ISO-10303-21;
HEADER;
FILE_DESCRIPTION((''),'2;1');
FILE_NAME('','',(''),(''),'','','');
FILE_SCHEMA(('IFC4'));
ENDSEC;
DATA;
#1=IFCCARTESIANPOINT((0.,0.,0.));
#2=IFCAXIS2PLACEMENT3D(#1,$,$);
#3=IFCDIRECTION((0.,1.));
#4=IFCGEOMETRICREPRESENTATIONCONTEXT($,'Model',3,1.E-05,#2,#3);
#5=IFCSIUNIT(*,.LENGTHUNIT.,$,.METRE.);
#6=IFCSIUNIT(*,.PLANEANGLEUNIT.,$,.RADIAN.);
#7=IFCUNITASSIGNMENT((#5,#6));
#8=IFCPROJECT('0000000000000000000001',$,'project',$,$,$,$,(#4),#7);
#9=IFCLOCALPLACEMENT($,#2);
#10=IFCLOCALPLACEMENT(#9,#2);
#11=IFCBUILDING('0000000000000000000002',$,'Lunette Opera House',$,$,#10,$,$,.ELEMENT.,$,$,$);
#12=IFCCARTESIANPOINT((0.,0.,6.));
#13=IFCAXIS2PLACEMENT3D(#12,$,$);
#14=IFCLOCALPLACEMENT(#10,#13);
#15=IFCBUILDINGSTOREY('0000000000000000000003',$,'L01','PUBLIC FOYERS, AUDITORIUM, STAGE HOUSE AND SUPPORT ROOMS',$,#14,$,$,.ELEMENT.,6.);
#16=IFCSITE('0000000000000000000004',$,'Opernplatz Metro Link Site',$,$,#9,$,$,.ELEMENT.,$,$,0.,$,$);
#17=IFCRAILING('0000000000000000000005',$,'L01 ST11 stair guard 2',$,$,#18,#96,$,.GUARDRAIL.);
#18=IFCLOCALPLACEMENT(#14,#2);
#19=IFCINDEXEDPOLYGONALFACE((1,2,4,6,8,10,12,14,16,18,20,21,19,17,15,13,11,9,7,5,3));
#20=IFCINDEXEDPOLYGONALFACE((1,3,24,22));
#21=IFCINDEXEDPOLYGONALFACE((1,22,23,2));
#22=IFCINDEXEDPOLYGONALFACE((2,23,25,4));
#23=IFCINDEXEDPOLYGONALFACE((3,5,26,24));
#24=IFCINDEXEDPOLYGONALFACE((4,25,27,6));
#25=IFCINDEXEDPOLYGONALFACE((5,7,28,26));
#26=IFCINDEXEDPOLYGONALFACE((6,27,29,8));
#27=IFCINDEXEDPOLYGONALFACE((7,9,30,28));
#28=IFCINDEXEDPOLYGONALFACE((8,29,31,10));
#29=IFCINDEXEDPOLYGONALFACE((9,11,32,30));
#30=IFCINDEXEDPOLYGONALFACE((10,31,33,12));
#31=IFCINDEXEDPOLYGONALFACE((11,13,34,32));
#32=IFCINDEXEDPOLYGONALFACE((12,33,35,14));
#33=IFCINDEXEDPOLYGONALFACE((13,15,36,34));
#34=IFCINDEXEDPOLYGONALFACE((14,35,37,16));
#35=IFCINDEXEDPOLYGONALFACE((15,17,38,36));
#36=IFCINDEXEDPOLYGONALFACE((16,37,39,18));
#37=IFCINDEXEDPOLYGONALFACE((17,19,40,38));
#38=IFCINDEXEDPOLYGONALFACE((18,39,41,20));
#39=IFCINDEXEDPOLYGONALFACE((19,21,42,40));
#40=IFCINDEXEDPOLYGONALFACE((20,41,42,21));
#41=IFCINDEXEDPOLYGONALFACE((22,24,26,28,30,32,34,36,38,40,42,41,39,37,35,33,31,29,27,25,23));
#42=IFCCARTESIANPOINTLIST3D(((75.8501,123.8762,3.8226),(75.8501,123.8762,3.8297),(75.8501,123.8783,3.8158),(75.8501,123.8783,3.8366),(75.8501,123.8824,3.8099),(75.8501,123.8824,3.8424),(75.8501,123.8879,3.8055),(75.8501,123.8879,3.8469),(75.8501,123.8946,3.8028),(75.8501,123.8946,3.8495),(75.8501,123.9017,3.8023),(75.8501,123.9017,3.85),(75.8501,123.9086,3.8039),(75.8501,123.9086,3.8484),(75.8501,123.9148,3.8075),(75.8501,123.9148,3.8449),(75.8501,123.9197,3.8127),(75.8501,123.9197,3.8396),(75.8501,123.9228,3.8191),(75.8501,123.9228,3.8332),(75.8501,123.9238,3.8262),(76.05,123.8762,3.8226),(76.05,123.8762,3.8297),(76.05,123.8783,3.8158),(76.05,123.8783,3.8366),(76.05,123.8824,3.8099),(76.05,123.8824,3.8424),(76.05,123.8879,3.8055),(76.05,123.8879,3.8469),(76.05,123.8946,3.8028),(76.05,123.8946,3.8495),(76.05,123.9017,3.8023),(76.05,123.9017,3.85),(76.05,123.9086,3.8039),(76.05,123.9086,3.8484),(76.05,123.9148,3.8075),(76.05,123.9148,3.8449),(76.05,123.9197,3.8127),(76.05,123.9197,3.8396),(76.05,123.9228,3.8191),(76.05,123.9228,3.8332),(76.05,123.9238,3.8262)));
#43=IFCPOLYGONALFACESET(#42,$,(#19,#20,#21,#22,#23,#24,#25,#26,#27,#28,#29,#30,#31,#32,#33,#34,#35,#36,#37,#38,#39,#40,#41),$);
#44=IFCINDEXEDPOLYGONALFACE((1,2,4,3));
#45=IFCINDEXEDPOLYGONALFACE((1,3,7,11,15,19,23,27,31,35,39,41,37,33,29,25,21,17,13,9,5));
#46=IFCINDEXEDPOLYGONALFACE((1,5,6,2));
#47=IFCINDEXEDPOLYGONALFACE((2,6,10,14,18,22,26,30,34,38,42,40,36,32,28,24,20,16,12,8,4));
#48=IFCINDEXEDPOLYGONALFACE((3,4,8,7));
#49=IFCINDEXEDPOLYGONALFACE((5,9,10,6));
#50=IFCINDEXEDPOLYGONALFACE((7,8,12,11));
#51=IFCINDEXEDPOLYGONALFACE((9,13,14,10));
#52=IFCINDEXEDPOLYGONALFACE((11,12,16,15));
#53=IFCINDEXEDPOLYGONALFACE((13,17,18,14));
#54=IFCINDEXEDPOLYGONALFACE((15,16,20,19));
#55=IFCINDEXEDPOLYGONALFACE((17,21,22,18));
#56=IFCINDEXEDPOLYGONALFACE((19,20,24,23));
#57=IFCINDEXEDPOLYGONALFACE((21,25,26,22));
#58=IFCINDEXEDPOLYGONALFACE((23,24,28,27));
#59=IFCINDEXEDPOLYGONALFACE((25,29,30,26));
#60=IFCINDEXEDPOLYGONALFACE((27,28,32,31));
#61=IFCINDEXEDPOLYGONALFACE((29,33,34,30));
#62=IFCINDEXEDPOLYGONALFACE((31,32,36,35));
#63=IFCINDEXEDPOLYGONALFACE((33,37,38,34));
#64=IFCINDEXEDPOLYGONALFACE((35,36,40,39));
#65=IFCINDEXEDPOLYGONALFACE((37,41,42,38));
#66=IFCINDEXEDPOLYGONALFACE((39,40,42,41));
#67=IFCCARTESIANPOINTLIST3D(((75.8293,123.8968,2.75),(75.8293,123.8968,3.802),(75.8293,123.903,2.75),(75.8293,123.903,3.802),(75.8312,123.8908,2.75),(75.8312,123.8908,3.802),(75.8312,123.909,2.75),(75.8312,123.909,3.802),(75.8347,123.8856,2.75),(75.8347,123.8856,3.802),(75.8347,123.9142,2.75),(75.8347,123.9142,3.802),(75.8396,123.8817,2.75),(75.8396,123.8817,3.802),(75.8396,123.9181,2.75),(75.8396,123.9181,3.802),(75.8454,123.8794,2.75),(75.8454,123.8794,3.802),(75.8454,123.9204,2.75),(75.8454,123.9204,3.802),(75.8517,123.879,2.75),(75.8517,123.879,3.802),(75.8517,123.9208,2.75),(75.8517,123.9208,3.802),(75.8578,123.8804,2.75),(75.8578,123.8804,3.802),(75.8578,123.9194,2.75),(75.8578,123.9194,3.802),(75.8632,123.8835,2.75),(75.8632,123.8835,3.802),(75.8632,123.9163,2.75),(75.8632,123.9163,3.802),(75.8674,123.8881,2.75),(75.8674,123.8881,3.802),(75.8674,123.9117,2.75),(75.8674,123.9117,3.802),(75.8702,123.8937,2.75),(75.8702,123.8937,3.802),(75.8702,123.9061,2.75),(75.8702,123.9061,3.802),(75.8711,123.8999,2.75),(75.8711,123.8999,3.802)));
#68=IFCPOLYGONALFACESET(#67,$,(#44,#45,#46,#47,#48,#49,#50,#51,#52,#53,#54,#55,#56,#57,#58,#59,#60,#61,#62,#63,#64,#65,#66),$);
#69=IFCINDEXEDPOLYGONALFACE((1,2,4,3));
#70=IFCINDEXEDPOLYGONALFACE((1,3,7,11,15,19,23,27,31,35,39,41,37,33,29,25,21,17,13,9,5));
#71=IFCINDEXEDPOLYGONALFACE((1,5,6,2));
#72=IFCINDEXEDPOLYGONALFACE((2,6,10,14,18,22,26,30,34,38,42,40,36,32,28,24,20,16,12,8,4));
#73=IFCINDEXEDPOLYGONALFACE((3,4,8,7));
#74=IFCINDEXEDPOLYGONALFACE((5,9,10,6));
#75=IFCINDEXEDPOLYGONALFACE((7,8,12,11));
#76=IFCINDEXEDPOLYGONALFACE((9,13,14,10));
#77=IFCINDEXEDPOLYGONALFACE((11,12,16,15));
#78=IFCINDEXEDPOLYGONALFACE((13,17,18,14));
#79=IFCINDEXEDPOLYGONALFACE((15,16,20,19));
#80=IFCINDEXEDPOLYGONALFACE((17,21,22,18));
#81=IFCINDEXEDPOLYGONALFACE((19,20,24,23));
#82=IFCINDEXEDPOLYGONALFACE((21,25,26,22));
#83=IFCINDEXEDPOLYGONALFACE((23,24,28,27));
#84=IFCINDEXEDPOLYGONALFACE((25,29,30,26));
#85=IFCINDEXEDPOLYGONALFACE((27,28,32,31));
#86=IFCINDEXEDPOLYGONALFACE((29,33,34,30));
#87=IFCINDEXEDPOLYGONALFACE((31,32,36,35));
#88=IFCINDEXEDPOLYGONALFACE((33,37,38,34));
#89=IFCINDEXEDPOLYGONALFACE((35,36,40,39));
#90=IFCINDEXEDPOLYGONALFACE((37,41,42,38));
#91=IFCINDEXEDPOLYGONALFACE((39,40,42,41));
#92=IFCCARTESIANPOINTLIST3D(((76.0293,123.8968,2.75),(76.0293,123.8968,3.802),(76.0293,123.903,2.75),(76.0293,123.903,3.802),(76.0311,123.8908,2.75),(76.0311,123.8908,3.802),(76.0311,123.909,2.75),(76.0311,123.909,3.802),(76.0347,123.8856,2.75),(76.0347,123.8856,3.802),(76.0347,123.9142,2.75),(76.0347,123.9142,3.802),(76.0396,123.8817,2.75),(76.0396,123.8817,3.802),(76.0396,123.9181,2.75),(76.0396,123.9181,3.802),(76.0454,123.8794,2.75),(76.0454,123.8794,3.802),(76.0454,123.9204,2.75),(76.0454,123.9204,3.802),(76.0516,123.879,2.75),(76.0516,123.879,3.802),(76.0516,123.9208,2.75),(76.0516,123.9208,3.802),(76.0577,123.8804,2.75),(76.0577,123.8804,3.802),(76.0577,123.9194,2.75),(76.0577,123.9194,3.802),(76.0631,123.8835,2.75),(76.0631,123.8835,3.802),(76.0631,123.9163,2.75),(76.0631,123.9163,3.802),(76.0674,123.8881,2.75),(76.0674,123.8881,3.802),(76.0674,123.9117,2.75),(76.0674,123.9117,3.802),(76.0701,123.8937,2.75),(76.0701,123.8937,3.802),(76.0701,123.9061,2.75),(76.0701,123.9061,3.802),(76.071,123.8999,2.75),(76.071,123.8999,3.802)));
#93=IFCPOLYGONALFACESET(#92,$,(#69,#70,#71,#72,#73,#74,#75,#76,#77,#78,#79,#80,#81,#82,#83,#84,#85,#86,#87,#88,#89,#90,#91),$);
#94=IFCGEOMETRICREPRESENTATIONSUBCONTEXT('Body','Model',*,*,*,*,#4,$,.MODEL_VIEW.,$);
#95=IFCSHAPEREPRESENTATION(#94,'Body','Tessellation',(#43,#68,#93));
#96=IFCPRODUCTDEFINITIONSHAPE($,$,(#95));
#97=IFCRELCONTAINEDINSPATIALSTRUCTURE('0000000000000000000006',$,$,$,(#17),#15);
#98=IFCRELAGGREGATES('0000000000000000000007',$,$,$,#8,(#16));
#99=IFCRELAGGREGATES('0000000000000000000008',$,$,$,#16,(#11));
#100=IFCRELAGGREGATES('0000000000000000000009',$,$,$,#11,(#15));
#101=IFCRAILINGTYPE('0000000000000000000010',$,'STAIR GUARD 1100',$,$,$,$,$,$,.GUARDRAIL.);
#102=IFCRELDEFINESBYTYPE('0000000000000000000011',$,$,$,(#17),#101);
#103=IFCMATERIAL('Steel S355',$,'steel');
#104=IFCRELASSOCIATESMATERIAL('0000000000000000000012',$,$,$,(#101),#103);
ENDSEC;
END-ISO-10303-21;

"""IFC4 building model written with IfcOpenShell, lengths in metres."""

from ifc_helpers import new_model, si_unit, direction, frame, origin, origin_2d, place, context, subcontext, project, spatial, circle, extrude, material, type_object, element, save


model = new_model("IFC4")

# Units and contexts
model_context = context("Model", 3, precision=1e-05, world=origin(), true_north=direction((0.0, 1.0)))
body_context = subcontext(model_context, "Body", "Model", "MODEL_VIEW")
ifc_project = project(units=[si_unit("LENGTHUNIT", "METRE"), si_unit("PLANEANGLEUNIT", "RADIAN")], contexts=[model_context])

# Site, building, storey
site_placement = place(None, origin())
site = spatial("IfcSite", under=ifc_project, at=site_placement, Name="Opernplatz Metro Link Site", CompositionType="ELEMENT", RefElevation=0.0)
building_placement = place(site_placement, origin())
building = spatial("IfcBuilding", under=site, at=building_placement, Name="Lunette Opera House", CompositionType="ELEMENT")
storey_placement = place(building_placement, frame((0.0, 0.0, 6.0)))
storey = spatial("IfcBuildingStorey", under=building, at=storey_placement, Name="L01", Description="PUBLIC FOYERS, AUDITORIUM, STAGE HOUSE AND SUPPORT ROOMS", CompositionType="ELEMENT", Elevation=6.0)

# Railing
ifc_material_1 = material(Name="Steel S355", Category="steel")
railing_type_1 = type_object("IfcRailingType", Name="STAIR GUARD 1100", PredefinedType="GUARDRAIL", material=ifc_material_1)
railing_1_placement = place(storey_placement, frame((75.8501, 123.8999, 2.75)))
element("IfcRailing", 1, at=railing_1_placement, inside=storey, type_object=railing_type_1, Name="L01 ST11 stair guard 2", PredefinedType="GUARDRAIL", context=body_context, shape_type="SweptSolid", body=[
    extrude(circle(Radius=0.0239, at=origin_2d()), frame((0.0, 0.0, 1.0762), z_axis=(1.0, 0.0, 0.0), x_axis=(0.0, 1.0, 0.0)), (0.0, 0.0, 1.0), 0.2),
    extrude(circle(Radius=0.021, at=origin_2d()), origin(), (0.0, 0.0, 1.0), 1.052),
    extrude(circle(Radius=0.021, at=origin_2d()), frame((0.2, 0.0, 0.0)), (0.0, 0.0, 1.0), 1.052),
])

save(model, "model.ifc")
